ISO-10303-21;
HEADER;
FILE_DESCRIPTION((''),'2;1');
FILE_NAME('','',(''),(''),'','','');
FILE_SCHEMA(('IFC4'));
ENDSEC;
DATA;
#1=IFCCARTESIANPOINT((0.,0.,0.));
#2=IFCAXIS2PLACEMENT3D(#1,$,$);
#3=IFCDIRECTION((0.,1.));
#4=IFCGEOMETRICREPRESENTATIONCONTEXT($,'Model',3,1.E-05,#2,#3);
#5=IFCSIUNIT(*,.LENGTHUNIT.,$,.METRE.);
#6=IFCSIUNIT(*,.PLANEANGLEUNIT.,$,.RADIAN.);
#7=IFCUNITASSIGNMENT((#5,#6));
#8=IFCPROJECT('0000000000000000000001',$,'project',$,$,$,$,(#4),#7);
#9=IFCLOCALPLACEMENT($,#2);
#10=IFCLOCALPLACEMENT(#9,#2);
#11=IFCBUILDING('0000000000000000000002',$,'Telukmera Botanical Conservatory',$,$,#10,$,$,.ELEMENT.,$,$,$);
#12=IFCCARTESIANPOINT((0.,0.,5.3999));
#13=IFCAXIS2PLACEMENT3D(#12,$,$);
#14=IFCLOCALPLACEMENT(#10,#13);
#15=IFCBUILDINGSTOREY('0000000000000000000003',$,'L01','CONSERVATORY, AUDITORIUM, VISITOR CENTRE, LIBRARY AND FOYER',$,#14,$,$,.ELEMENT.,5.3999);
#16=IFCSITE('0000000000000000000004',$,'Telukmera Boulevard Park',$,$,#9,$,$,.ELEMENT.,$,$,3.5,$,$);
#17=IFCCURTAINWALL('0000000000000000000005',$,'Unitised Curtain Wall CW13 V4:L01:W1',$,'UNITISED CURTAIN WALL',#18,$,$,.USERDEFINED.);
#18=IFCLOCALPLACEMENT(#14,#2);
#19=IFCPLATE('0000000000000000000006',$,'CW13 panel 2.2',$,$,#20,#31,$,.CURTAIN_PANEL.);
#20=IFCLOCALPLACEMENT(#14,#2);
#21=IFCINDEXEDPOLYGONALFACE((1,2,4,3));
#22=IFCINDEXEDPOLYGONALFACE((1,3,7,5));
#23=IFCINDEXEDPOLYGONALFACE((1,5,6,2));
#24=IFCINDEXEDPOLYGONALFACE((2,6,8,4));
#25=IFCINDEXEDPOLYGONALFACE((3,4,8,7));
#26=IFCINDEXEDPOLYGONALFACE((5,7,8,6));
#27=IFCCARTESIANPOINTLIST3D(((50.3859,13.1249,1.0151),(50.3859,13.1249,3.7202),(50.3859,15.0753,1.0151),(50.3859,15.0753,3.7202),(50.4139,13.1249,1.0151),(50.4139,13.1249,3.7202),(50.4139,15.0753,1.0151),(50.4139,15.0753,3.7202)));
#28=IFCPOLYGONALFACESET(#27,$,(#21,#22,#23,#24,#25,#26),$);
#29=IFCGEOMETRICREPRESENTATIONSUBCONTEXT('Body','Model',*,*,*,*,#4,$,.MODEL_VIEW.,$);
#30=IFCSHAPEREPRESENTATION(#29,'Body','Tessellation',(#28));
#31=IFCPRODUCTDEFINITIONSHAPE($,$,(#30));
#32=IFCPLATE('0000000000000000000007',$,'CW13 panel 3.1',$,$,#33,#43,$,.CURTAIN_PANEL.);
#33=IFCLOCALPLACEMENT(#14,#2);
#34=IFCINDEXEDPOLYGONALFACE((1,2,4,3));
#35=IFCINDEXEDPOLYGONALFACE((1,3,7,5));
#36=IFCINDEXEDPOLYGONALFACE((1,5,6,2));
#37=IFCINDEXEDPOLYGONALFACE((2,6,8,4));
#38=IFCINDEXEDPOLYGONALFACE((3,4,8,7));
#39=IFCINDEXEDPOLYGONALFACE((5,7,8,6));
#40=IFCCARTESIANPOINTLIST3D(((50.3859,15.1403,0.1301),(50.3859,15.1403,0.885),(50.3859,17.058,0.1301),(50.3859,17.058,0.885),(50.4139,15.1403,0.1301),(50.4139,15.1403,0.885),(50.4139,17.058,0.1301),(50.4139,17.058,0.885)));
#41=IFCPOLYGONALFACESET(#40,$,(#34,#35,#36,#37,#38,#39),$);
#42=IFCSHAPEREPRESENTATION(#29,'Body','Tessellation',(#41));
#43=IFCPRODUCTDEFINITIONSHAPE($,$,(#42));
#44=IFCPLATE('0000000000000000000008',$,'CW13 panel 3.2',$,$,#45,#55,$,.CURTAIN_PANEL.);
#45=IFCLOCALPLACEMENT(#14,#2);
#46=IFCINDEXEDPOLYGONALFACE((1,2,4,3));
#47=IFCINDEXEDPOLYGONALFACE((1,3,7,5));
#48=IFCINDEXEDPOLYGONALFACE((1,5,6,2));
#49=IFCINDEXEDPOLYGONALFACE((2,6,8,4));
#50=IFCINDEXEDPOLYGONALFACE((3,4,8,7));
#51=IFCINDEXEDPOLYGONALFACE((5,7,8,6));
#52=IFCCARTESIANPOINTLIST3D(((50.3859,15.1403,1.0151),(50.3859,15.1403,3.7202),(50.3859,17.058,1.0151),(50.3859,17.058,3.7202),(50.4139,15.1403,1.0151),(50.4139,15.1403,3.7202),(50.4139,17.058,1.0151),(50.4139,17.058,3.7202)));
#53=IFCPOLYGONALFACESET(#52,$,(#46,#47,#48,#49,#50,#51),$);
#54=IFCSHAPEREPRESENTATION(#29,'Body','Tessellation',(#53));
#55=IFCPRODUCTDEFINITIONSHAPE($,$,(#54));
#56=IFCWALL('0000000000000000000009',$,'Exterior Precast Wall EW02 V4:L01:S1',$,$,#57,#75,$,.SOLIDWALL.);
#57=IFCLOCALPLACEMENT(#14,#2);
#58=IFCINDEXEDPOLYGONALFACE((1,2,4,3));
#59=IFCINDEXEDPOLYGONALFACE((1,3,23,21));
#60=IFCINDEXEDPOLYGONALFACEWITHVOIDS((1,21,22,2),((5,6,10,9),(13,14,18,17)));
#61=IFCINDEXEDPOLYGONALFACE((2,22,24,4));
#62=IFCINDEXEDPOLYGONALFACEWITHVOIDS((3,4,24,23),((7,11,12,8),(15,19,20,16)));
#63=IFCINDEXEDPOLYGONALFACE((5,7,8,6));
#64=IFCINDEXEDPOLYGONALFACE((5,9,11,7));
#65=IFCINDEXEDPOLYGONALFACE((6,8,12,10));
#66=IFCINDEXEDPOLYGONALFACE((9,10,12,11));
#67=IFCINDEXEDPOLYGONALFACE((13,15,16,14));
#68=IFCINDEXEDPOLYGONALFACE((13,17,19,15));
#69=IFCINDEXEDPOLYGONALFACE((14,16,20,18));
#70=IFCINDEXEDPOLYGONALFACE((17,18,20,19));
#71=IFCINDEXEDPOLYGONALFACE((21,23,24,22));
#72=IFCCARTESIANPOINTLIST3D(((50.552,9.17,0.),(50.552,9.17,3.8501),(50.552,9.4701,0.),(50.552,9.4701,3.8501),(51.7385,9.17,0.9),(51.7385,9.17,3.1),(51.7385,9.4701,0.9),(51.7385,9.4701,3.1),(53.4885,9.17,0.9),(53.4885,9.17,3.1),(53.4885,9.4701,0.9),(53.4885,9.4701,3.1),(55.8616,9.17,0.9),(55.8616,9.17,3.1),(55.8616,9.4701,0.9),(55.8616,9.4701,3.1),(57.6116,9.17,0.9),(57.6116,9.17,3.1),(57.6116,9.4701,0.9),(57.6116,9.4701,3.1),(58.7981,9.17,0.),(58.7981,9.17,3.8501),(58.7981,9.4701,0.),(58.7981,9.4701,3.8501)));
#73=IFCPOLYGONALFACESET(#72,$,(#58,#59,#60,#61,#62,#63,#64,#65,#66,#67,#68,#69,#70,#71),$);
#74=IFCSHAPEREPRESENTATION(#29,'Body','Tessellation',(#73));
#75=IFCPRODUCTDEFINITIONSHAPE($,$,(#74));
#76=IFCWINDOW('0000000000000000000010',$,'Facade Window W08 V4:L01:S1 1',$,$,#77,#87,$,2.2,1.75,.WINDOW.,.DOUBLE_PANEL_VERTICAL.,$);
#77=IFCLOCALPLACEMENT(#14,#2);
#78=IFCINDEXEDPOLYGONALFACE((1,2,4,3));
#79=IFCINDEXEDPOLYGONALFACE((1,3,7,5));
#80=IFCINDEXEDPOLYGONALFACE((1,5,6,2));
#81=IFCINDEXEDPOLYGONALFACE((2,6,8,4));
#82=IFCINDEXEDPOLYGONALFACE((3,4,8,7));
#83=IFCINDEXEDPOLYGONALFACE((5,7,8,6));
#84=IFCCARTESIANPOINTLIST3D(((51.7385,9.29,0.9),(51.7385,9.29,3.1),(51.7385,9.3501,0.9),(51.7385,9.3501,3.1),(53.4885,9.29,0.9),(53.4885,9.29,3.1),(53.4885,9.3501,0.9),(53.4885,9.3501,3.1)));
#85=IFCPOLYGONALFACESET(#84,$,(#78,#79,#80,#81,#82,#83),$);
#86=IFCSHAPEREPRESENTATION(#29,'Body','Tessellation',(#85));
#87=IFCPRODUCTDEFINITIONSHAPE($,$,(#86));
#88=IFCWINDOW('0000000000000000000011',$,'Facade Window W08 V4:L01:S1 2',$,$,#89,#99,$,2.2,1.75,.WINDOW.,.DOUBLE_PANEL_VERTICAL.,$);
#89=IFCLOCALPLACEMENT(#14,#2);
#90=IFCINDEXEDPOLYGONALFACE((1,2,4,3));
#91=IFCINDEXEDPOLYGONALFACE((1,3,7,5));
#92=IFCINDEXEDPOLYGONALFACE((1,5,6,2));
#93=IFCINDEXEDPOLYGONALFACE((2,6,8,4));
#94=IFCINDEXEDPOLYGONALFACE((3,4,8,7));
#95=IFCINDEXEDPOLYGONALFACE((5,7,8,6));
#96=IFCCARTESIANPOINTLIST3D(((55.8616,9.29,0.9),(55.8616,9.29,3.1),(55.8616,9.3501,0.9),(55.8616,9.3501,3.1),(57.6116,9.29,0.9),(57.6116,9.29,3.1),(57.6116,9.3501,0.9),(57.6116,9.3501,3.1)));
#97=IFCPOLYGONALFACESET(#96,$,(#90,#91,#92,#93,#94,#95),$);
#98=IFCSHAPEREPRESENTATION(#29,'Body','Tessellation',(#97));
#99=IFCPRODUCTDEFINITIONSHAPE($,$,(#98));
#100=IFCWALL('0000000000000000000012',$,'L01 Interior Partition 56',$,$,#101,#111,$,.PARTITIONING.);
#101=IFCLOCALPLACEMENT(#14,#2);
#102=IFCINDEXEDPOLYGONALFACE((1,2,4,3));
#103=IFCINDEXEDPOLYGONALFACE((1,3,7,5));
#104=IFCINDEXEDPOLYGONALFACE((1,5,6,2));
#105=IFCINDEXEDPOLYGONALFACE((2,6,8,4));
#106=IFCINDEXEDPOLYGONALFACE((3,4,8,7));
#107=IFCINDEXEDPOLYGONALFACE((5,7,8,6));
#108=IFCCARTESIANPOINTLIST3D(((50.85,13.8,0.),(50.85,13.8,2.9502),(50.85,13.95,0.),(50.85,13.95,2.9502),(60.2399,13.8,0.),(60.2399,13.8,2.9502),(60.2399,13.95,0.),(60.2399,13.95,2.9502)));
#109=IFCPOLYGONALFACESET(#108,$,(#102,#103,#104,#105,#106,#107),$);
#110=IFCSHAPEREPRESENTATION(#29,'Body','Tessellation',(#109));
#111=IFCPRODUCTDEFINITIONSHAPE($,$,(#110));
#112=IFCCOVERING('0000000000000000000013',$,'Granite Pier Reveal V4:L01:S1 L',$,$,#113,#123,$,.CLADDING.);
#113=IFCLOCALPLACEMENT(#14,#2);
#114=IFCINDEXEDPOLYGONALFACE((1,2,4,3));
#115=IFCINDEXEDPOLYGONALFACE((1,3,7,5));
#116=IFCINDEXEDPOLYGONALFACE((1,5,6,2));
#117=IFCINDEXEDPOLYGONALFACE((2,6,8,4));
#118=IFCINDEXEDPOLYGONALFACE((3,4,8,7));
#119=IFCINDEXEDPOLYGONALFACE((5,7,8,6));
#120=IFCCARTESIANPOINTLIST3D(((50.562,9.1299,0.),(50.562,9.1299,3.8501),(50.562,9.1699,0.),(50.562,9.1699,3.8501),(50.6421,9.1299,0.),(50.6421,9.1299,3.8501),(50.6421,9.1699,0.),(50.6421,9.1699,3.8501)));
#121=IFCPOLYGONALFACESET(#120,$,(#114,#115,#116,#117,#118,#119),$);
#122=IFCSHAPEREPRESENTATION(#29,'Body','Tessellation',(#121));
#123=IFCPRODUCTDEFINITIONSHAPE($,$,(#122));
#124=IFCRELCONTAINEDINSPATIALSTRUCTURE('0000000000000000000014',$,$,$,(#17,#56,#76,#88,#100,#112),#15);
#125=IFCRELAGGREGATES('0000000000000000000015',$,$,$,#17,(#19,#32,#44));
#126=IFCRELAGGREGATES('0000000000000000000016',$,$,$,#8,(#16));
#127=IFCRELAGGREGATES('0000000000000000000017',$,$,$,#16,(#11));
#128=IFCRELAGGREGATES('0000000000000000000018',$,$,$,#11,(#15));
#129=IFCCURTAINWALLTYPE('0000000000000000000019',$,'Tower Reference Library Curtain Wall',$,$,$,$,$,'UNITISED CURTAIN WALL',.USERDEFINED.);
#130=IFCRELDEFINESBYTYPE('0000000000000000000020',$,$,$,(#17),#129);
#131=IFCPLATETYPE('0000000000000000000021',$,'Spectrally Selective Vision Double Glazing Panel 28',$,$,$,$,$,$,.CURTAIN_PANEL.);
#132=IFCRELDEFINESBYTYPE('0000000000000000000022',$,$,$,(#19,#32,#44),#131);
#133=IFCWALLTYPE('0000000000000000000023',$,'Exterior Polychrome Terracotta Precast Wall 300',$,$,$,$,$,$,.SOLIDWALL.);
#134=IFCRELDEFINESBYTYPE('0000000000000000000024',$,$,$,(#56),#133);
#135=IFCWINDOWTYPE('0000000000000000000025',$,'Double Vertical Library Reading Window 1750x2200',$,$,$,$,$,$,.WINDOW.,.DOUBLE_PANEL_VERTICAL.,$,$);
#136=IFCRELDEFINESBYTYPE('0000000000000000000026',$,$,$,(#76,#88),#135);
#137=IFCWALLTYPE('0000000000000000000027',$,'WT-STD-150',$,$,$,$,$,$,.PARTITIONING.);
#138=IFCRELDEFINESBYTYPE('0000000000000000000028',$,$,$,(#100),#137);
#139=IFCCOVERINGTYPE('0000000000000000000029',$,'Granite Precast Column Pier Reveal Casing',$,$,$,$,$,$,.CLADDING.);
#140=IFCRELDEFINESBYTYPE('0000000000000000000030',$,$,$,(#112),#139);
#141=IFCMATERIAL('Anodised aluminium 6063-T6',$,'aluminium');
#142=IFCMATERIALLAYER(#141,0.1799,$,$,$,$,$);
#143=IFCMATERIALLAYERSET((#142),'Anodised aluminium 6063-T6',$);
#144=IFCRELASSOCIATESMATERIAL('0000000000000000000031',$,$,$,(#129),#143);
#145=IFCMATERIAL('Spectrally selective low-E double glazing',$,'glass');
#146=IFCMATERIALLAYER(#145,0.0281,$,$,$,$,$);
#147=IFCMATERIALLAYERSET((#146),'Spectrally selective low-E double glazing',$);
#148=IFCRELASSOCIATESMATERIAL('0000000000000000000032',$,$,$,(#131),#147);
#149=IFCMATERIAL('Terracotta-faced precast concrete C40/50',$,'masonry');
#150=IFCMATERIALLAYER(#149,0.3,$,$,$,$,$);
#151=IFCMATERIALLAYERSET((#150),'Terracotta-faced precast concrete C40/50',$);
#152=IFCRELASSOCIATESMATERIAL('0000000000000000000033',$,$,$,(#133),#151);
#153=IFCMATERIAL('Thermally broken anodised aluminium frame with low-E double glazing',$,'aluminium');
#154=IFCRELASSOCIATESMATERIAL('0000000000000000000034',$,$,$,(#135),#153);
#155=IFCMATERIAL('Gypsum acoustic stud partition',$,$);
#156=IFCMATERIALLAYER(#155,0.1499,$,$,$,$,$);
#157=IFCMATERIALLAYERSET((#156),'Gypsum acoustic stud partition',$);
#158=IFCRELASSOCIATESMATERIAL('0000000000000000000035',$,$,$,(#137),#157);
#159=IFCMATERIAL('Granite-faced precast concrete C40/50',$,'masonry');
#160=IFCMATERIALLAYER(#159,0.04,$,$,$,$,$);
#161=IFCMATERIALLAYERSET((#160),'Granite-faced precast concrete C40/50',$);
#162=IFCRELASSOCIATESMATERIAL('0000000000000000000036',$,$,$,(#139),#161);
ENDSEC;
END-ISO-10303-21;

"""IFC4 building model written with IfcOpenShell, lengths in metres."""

from ifc_helpers import new_model, si_unit, direction, frame, frame_2d, origin, origin_2d, place, context, subcontext, project, spatial, rectangle, extrude, material, layer, layer_set, type_object, element, fill, aggregate, save


model = new_model("IFC4")

# Units and contexts
model_context = context("Model", 3, precision=1e-05, world=origin(), true_north=direction((0.0, 1.0)))
body_context = subcontext(model_context, "Body", "Model", "MODEL_VIEW")
ifc_project = project(units=[si_unit("LENGTHUNIT", "METRE"), si_unit("PLANEANGLEUNIT", "RADIAN")], contexts=[model_context])

# Site, building, storey
site_placement = place(None, origin())
site = spatial("IfcSite", under=ifc_project, at=site_placement, Name="Telukmera Boulevard Park", CompositionType="ELEMENT", RefElevation=3.5)
building_placement = place(site_placement, origin())
building = spatial("IfcBuilding", under=site, at=building_placement, Name="Telukmera Botanical Conservatory", CompositionType="ELEMENT")
storey_placement = place(building_placement, frame((0.0, 0.0, 5.3999)))
storey = spatial("IfcBuildingStorey", under=building, at=storey_placement, Name="L01", Description="CONSERVATORY, AUDITORIUM, VISITOR CENTRE, LIBRARY AND FOYER", CompositionType="ELEMENT", Elevation=5.3999)

# Curtain wall, plates
ifc_material_1 = material(Name="Anodised aluminium 6063-T6", Category="aluminium")
ifc_layer_1 = layer(ifc_material_1, 0.1799)
ifc_layer_set_1 = layer_set([ifc_layer_1], Name="Anodised aluminium 6063-T6")
curtain_wall_type = type_object("IfcCurtainWallType", Name="Tower Reference Library Curtain Wall", ElementType="UNITISED CURTAIN WALL", PredefinedType="USERDEFINED", material=ifc_layer_set_1)
curtain_wall_placement = place(storey_placement, origin())
curtain_wall = element("IfcCurtainWall", 1, at=curtain_wall_placement, inside=storey, type_object=curtain_wall_type, Name="Unitised Curtain Wall CW13 V4:L01:W1", ObjectType="UNITISED CURTAIN WALL", PredefinedType="USERDEFINED")
ifc_material_2 = material(Name="Spectrally selective low-E double glazing", Category="glass")
ifc_layer_2 = layer(ifc_material_2, 0.0281)
ifc_layer_set_2 = layer_set([ifc_layer_2], Name="Spectrally selective low-E double glazing")
plate_type = type_object("IfcPlateType", Name="Spectrally Selective Vision Double Glazing Panel 28", PredefinedType="CURTAIN_PANEL", material=ifc_layer_set_2)
plate_1_placement = place(storey_placement, frame((50.3999, 14.1001, 1.0151), z_axis=(0.0, 0.0, 1.0), x_axis=(0.0, 1.0, 0.0)))
plate_1 = element("IfcPlate", 2, at=plate_1_placement, type_object=plate_type, Name="CW13 panel 2.2", PredefinedType="CURTAIN_PANEL", context=body_context, shape_type="SweptSolid", body=[
    extrude(rectangle(XDim=1.9504, YDim=0.0281, at=origin_2d()), origin(), (0.0, 0.0, 1.0), 2.7051),
])
plate_2_placement = place(storey_placement, frame((50.3999, 16.0991, 0.1301), z_axis=(0.0, 0.0, 1.0), x_axis=(0.0, 1.0, 0.0)))
plate_2 = element("IfcPlate", 3, at=plate_2_placement, type_object=plate_type, Name="CW13 panel 3.1", PredefinedType="CURTAIN_PANEL", context=body_context, shape_type="SweptSolid", body=[
    extrude(rectangle(XDim=1.9177, YDim=0.0281, at=origin_2d()), origin(), (0.0, 0.0, 1.0), 0.7549),
])
plate_3_placement = place(storey_placement, frame((50.3999, 16.0991, 1.0151), z_axis=(0.0, 0.0, 1.0), x_axis=(0.0, 1.0, 0.0)))
plate_3 = element("IfcPlate", 4, at=plate_3_placement, type_object=plate_type, Name="CW13 panel 3.2", PredefinedType="CURTAIN_PANEL", context=body_context, shape_type="SweptSolid", body=[
    extrude(rectangle(XDim=1.9177, YDim=0.0281, at=origin_2d()), origin(), (0.0, 0.0, 1.0), 2.7051),
])
aggregate(curtain_wall, [plate_1, plate_2, plate_3])

# Wall, openings, windows
ifc_material_3 = material(Name="Terracotta-faced precast concrete C40/50", Category="masonry")
ifc_layer_3 = layer(ifc_material_3, 0.3)
ifc_layer_set_3 = layer_set([ifc_layer_3], Name="Terracotta-faced precast concrete C40/50")
wall_type_1 = type_object("IfcWallType", Name="Exterior Polychrome Terracotta Precast Wall 300", PredefinedType="SOLIDWALL", material=ifc_layer_set_3)
wall_1_placement = place(storey_placement, frame((50.552, 9.3201, 0.0), z_axis=(0.0, 0.0, 1.0), x_axis=(1.0, 0.0, 0.0)))
wall_1 = element("IfcWall", 5, at=wall_1_placement, inside=storey, type_object=wall_type_1, Name="Exterior Precast Wall EW02 V4:L01:S1", PredefinedType="SOLIDWALL", context=body_context, shape_type="SweptSolid", body=[
    extrude(rectangle(XDim=8.2461, YDim=0.3, at=frame_2d((4.123, 0.0))), origin(), (0.0, 0.0, 1.0), 3.8501),
])
opening_1_placement = place(wall_1_placement, frame((1.1865, 0.0, 0.8999)))
opening_1 = element("IfcOpeningElement", 6, at=opening_1_placement, cuts=wall_1, PredefinedType="OPENING", context=body_context, shape_type="SweptSolid", body=[
    extrude(rectangle(XDim=1.75, YDim=2.2, at=frame_2d((0.875, 1.1001))), frame((0.0, 0.1599, 0.0), z_axis=(0.0, -1.0, 0.0), x_axis=(1.0, 0.0, 0.0)), (0.0, 0.0, 1.0), 0.3201),
])
opening_2_placement = place(wall_1_placement, frame((5.3096, 0.0, 0.8999)))
opening_2 = element("IfcOpeningElement", 7, at=opening_2_placement, cuts=wall_1, PredefinedType="OPENING", context=body_context, shape_type="SweptSolid", body=[
    extrude(rectangle(XDim=1.75, YDim=2.2, at=frame_2d((0.875, 1.1001))), frame((0.0, 0.1599, 0.0), z_axis=(0.0, -1.0, 0.0), x_axis=(1.0, 0.0, 0.0)), (0.0, 0.0, 1.0), 0.3201),
])
ifc_material_4 = material(Name="Thermally broken anodised aluminium frame with low-E double glazing", Category="aluminium")
window_type = type_object("IfcWindowType", Name="Double Vertical Library Reading Window 1750x2200", PartitioningType="DOUBLE_PANEL_VERTICAL", PredefinedType="WINDOW", material=ifc_material_4)
window_1_placement = place(opening_1_placement, origin())
window_1 = element("IfcWindow", 8, at=window_1_placement, inside=storey, type_object=window_type, Name="Facade Window W08 V4:L01:S1 1", OverallHeight=2.2, OverallWidth=1.75, PartitioningType="DOUBLE_PANEL_VERTICAL", PredefinedType="WINDOW", context=body_context, shape_type="SweptSolid", body=[
    extrude(rectangle(XDim=1.75, YDim=2.2, at=frame_2d((0.875, 1.1001))), frame((0.0, 0.03, 0.0), z_axis=(0.0, -1.0, 0.0), x_axis=(1.0, 0.0, 0.0)), (0.0, 0.0, 1.0), 0.0601),
])
fill(opening_1, window_1)
window_2_placement = place(opening_2_placement, origin())
window_2 = element("IfcWindow", 9, at=window_2_placement, inside=storey, type_object=window_type, Name="Facade Window W08 V4:L01:S1 2", OverallHeight=2.2, OverallWidth=1.75, PartitioningType="DOUBLE_PANEL_VERTICAL", PredefinedType="WINDOW", context=body_context, shape_type="SweptSolid", body=[
    extrude(rectangle(XDim=1.75, YDim=2.2, at=frame_2d((0.875, 1.1001))), frame((0.0, 0.03, 0.0), z_axis=(0.0, -1.0, 0.0), x_axis=(1.0, 0.0, 0.0)), (0.0, 0.0, 1.0), 0.0601),
])
fill(opening_2, window_2)

# Wall
ifc_material_5 = material(Name="Gypsum acoustic stud partition")
ifc_layer_4 = layer(ifc_material_5, 0.1499)
ifc_layer_set_4 = layer_set([ifc_layer_4], Name="Gypsum acoustic stud partition")
wall_type_2 = type_object("IfcWallType", Name="WT-STD-150", PredefinedType="PARTITIONING", material=ifc_layer_set_4)
wall_2_placement = place(storey_placement, frame((50.8501, 13.875, 0.0), z_axis=(0.0, 0.0, 1.0), x_axis=(1.0, 0.0, 0.0)))
element("IfcWall", 10, at=wall_2_placement, inside=storey, type_object=wall_type_2, Name="L01 Interior Partition 56", PredefinedType="PARTITIONING", context=body_context, shape_type="SweptSolid", body=[
    extrude(rectangle(XDim=9.3899, YDim=0.1499, at=frame_2d((4.6948, 0.0))), origin(), (0.0, 0.0, 1.0), 2.9502),
])

# Covering
ifc_material_6 = material(Name="Granite-faced precast concrete C40/50", Category="masonry")
ifc_layer_5 = layer(ifc_material_6, 0.04)
ifc_layer_set_5 = layer_set([ifc_layer_5], Name="Granite-faced precast concrete C40/50")
covering_type = type_object("IfcCoveringType", Name="Granite Precast Column Pier Reveal Casing", PredefinedType="CLADDING", material=ifc_layer_set_5)
covering_placement = place(storey_placement, frame((50.6021, 9.1499, 0.0), z_axis=(0.0, 0.0, 1.0), x_axis=(1.0, 0.0, 0.0)))
element("IfcCovering", 11, at=covering_placement, inside=storey, type_object=covering_type, Name="Granite Pier Reveal V4:L01:S1 L", PredefinedType="CLADDING", context=body_context, shape_type="SweptSolid", body=[
    extrude(rectangle(XDim=0.0801, YDim=0.04, at=origin_2d()), origin(), (0.0, 0.0, 1.0), 3.8501),
])

save(model, "model.ifc")
